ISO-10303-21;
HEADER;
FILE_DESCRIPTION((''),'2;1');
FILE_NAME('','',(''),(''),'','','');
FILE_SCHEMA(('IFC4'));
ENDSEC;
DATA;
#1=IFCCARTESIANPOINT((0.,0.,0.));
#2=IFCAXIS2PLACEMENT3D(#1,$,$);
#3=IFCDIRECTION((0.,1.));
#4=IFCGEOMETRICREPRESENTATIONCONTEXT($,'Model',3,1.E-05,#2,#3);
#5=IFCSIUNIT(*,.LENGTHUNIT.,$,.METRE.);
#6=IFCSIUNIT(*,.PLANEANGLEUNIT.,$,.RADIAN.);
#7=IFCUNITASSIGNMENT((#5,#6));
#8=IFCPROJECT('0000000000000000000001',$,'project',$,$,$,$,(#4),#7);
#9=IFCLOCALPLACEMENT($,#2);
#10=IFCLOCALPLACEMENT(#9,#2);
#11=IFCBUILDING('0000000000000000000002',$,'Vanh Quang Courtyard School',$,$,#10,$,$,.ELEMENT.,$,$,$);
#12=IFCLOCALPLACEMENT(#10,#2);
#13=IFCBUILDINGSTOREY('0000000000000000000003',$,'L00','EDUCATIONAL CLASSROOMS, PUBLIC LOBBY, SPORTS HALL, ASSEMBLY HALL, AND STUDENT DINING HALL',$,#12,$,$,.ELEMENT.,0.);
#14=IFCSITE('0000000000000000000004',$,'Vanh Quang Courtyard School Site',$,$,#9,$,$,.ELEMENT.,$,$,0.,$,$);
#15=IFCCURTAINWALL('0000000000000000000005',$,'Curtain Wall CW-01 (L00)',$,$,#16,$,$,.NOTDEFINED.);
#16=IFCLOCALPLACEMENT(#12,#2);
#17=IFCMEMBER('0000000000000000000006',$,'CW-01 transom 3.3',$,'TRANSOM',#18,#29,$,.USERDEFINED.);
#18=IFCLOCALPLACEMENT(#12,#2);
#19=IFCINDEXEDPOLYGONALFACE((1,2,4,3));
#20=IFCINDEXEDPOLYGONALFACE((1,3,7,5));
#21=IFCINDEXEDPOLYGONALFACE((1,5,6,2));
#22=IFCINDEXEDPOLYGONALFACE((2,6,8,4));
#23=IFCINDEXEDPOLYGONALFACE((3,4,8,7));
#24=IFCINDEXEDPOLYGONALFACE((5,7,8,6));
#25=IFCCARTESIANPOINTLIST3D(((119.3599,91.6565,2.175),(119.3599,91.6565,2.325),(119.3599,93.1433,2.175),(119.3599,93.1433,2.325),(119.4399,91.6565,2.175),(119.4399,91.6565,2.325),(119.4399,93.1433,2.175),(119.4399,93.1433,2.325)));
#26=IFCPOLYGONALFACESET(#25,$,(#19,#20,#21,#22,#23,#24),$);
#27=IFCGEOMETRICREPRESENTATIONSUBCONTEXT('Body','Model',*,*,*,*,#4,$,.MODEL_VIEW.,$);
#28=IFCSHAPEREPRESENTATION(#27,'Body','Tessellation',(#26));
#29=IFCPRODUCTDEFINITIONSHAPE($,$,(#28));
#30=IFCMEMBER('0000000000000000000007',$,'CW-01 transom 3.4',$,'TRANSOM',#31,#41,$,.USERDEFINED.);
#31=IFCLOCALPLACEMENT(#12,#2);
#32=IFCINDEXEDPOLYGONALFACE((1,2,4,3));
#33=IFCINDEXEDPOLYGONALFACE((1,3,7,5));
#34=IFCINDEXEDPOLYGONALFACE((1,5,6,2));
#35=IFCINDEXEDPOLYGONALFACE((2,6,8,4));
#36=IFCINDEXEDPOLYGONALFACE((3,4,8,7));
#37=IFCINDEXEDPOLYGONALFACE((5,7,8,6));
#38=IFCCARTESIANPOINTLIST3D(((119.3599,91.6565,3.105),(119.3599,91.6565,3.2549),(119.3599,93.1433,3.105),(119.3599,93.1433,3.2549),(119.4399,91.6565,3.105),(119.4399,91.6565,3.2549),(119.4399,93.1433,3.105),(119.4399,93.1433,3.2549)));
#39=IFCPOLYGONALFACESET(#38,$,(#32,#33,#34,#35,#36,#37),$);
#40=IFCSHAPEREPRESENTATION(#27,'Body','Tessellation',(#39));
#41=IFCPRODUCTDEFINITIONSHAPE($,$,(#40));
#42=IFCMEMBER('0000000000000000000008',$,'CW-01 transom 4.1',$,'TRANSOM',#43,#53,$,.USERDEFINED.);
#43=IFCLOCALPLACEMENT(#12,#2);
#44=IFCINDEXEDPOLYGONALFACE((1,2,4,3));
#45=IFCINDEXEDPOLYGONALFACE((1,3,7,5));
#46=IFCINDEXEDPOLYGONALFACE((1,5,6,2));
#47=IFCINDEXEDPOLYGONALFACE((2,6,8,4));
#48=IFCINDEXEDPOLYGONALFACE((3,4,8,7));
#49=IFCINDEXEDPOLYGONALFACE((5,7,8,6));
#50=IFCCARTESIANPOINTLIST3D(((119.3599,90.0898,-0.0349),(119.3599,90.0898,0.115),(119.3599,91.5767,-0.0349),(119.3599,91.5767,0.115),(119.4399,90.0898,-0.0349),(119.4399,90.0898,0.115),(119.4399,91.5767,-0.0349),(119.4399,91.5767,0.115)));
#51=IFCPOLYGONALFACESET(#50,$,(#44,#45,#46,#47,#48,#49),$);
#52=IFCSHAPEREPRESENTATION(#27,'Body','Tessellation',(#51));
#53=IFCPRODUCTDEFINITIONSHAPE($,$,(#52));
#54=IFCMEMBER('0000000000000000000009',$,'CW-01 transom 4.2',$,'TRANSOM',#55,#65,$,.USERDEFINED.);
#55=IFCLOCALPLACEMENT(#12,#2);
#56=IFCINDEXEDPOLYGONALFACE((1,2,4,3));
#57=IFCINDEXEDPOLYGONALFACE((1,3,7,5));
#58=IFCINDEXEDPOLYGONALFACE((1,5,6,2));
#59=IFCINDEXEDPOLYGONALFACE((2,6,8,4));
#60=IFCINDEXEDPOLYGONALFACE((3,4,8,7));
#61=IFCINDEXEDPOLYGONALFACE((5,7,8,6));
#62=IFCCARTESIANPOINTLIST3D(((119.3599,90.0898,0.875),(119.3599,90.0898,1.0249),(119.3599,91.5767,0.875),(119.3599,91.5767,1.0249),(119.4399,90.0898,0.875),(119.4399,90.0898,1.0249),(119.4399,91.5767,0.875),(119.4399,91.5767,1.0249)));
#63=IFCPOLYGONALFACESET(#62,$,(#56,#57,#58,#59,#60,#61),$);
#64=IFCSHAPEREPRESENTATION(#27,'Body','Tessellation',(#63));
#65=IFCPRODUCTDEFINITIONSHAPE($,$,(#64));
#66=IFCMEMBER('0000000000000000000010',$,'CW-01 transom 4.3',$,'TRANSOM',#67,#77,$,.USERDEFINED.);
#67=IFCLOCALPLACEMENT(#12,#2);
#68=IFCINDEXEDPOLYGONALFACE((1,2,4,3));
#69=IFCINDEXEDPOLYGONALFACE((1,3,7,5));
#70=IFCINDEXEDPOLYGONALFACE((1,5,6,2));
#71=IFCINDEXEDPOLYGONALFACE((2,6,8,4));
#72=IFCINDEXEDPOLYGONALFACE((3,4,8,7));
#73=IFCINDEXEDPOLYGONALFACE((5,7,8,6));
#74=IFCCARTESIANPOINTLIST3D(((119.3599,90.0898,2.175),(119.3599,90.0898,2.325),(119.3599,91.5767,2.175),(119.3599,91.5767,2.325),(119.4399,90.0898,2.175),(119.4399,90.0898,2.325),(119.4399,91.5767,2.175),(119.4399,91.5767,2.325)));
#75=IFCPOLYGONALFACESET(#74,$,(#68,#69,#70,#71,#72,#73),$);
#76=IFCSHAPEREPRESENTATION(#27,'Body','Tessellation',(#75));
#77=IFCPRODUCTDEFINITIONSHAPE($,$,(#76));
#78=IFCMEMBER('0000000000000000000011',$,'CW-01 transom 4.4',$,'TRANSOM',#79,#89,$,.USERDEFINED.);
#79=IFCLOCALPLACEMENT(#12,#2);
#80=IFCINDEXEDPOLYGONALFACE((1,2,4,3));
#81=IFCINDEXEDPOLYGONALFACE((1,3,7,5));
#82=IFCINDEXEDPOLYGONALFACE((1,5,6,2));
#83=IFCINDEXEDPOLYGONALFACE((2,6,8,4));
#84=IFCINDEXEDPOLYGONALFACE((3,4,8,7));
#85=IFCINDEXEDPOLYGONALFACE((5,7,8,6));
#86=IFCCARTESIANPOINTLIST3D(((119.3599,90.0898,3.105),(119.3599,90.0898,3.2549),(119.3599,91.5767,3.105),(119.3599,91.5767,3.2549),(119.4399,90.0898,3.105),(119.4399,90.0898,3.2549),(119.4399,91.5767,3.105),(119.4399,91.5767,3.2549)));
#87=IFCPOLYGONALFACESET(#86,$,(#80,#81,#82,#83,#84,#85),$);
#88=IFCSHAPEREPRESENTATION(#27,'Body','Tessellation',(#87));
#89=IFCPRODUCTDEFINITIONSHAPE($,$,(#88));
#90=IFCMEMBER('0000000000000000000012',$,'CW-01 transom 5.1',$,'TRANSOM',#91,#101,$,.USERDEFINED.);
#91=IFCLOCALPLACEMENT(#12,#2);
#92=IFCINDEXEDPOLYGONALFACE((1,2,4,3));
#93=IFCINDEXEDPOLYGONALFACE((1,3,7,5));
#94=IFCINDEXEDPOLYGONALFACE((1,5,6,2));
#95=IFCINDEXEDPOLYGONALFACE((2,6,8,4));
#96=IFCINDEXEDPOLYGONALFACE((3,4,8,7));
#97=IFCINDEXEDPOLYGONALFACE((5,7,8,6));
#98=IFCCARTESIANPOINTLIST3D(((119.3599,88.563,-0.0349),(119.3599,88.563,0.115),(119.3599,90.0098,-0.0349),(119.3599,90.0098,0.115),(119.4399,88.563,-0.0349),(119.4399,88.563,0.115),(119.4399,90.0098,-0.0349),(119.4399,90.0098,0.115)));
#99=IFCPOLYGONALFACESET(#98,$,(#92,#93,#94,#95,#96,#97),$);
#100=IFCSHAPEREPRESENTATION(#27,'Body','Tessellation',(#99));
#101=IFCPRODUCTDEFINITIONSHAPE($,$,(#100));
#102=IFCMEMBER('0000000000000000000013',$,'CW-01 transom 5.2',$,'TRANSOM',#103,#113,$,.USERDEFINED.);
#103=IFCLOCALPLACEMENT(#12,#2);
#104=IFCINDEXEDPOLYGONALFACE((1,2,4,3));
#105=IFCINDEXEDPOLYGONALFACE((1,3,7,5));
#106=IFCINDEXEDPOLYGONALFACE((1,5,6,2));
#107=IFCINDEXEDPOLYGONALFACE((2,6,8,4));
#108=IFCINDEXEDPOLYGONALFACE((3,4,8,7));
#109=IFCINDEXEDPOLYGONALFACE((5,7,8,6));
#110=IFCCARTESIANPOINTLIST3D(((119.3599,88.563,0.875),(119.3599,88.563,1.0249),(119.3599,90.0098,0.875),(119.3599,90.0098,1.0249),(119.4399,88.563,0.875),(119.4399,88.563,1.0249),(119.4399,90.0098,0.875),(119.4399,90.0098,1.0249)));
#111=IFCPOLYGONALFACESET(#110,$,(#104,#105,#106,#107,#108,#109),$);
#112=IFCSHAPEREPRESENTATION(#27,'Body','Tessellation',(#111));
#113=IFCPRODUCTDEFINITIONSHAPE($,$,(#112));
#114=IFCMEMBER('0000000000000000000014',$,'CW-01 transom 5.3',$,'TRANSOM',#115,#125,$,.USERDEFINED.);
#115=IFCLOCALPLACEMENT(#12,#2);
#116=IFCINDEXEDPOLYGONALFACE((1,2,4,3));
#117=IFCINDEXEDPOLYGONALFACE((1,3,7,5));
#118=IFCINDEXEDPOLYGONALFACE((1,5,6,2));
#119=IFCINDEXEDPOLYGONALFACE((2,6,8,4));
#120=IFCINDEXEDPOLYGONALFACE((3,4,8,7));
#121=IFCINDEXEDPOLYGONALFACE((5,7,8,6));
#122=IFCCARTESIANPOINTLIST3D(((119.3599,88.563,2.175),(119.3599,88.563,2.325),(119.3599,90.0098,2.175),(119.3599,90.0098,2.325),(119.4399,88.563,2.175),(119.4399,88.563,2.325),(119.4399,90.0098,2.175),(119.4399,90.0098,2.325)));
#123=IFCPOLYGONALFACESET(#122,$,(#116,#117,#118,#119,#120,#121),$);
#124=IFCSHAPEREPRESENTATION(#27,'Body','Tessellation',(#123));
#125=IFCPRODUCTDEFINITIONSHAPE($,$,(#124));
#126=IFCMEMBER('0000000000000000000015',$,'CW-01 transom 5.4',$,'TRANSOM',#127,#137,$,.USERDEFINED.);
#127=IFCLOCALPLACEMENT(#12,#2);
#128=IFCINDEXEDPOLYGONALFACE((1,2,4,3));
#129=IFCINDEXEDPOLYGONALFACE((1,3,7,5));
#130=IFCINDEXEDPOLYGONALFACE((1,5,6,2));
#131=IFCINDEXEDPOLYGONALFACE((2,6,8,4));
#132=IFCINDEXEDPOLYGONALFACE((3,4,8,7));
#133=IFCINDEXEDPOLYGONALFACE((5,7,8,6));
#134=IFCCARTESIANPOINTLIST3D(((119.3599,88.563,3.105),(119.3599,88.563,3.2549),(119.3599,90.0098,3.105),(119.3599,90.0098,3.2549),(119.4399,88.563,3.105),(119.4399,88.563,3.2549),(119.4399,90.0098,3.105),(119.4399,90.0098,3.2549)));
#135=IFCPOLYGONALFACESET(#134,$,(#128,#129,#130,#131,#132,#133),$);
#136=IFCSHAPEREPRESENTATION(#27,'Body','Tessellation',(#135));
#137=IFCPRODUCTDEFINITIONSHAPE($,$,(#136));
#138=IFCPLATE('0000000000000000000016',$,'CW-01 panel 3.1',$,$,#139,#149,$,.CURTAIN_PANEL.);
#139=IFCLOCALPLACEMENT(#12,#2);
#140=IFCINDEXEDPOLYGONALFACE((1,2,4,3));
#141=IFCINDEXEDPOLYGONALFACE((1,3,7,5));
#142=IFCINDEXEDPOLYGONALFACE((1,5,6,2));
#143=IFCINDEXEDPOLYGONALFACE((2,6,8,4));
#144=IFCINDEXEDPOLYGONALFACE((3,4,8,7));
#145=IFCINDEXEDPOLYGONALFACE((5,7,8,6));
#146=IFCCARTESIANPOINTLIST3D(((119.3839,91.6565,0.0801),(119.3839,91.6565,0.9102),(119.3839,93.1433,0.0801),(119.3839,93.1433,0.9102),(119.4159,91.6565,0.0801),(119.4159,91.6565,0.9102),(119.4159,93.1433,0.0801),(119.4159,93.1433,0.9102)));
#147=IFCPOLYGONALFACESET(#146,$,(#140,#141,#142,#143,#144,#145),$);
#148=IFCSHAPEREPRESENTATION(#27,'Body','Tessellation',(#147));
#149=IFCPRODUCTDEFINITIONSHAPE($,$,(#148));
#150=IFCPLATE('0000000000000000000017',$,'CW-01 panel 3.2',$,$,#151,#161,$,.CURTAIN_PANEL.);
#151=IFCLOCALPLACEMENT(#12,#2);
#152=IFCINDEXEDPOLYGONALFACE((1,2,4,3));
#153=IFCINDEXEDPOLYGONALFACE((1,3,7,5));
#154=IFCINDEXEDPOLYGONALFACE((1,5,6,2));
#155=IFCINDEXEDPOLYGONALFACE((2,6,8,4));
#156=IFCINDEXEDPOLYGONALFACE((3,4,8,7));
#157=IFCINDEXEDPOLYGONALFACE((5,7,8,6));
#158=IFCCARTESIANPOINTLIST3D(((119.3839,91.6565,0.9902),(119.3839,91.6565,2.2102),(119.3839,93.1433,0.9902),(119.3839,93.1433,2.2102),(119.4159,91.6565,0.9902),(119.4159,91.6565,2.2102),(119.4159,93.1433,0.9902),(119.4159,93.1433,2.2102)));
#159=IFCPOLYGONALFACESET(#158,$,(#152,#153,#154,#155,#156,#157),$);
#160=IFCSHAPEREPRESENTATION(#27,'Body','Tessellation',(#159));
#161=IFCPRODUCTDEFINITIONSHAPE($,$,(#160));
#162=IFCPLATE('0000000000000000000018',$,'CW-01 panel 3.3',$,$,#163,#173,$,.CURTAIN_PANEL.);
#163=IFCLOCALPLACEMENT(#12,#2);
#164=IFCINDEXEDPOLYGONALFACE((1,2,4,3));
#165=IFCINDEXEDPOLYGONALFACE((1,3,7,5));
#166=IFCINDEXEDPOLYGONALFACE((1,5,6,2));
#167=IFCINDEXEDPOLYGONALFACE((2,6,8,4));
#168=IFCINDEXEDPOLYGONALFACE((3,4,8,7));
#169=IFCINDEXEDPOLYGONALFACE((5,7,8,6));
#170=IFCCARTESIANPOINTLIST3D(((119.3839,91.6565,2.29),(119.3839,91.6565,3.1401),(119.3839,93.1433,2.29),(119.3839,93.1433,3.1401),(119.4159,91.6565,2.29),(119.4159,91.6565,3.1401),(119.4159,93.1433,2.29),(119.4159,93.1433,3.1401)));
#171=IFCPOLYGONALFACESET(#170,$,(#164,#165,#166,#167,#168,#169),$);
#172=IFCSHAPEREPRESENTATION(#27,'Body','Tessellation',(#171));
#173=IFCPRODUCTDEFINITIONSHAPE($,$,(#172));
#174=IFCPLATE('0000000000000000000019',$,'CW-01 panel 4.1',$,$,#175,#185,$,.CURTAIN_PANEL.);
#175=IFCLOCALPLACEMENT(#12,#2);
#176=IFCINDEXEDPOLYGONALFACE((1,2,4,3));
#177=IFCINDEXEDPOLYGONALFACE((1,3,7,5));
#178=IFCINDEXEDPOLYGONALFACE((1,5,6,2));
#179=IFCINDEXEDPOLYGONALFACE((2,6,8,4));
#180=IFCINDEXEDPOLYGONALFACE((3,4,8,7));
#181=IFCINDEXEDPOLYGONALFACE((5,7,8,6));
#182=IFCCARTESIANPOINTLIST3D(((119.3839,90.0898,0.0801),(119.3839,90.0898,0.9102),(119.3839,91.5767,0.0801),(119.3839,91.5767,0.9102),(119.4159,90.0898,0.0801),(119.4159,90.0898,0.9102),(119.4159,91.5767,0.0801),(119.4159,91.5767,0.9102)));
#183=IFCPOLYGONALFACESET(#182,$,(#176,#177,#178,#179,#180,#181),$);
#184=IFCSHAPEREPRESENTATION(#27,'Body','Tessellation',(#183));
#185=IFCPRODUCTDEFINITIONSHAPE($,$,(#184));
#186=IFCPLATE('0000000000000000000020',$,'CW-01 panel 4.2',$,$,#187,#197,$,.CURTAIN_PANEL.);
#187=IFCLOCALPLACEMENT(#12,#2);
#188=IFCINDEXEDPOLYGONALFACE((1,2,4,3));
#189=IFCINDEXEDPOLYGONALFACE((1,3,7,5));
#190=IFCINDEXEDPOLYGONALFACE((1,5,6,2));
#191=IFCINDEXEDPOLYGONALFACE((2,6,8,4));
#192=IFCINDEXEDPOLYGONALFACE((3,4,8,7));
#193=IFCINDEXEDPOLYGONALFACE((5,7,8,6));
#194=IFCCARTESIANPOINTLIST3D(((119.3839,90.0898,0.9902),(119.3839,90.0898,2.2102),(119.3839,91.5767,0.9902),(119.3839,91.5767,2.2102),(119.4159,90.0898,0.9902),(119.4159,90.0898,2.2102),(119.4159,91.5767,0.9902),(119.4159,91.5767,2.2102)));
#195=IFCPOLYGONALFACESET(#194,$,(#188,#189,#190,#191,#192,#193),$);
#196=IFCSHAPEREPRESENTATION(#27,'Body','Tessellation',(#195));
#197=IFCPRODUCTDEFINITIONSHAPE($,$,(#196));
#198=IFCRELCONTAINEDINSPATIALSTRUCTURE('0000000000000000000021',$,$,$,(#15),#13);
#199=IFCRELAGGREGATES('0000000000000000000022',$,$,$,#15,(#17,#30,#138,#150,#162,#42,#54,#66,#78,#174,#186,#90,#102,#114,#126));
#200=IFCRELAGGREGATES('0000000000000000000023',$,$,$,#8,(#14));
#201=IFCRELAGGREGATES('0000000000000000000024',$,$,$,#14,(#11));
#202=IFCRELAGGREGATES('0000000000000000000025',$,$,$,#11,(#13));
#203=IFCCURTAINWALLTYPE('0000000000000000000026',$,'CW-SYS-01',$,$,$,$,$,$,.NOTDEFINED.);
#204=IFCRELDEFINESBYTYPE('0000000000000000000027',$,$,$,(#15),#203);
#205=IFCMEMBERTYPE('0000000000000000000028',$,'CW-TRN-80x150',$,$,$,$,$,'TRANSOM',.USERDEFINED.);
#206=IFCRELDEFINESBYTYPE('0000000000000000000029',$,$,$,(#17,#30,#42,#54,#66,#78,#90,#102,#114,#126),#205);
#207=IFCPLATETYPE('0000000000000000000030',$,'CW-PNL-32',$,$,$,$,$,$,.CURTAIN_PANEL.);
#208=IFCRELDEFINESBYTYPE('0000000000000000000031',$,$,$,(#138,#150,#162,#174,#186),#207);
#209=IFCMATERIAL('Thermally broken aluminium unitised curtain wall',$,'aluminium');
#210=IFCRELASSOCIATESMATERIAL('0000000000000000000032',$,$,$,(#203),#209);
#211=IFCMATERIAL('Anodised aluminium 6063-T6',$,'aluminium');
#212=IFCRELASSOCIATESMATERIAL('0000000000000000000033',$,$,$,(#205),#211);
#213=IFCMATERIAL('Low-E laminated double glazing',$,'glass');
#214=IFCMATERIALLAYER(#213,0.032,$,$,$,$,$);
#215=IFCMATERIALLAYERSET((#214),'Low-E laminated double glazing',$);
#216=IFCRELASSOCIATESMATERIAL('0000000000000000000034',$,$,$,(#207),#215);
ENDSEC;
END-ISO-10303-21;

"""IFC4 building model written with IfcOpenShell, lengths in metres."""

from ifc_helpers import new_model, si_unit, direction, frame, origin, origin_2d, place, context, subcontext, project, spatial, rectangle, extrude, material, layer, layer_set, material_profile, profile_set, type_object, element, aggregate, save


model = new_model("IFC4")

# Units and contexts
model_context = context("Model", 3, precision=1e-05, world=origin(), true_north=direction((0.0, 1.0)))
body_context = subcontext(model_context, "Body", "Model", "MODEL_VIEW")
ifc_project = project(units=[si_unit("LENGTHUNIT", "METRE"), si_unit("PLANEANGLEUNIT", "RADIAN")], contexts=[model_context])

# Site, building, storey
site_placement = place(None, origin())
site = spatial("IfcSite", under=ifc_project, at=site_placement, Name="Vanh Quang Courtyard School Site", CompositionType="ELEMENT", RefElevation=0.0)
building_placement = place(site_placement, origin())
building = spatial("IfcBuilding", under=site, at=building_placement, Name="Vanh Quang Courtyard School", CompositionType="ELEMENT")
storey_placement = place(building_placement, origin())
storey = spatial("IfcBuildingStorey", under=building, at=storey_placement, Name="L00", Description="EDUCATIONAL CLASSROOMS, PUBLIC LOBBY, SPORTS HALL, ASSEMBLY HALL, AND STUDENT DINING HALL", CompositionType="ELEMENT", Elevation=0.0)

# Curtain wall, members, plates
ifc_material_1 = material(Name="Thermally broken aluminium unitised curtain wall", Category="aluminium")
curtain_wall_type = type_object("IfcCurtainWallType", Name="CW-SYS-01", PredefinedType="NOTDEFINED", material=ifc_material_1)
curtain_wall_placement = place(storey_placement, origin())
curtain_wall = element("IfcCurtainWall", 1, at=curtain_wall_placement, inside=storey, type_object=curtain_wall_type, Name="Curtain Wall CW-01 (L00)", PredefinedType="NOTDEFINED")
ifc_material_2 = material(Name="Anodised aluminium 6063-T6", Category="aluminium")
ifc_material_profile_1 = material_profile(ifc_material_2, rectangle(XDim=0.0801, YDim=0.1499, at=origin_2d()), Name="ALU-TRN 80x150")
ifc_profile_set_1 = profile_set([ifc_material_profile_1], Name="Anodised aluminium 6063-T6")
member_type_1 = type_object("IfcMemberType", Name="CW-TRN-80x150", ElementType="TRANSOM", PredefinedType="USERDEFINED", material=ifc_profile_set_1)
member_1_placement = place(storey_placement, frame((119.3999, 93.1433, 2.25), z_axis=(0.0, -1.0, 0.0), x_axis=(1.0, 0.0, 0.0)))
member_1 = element("IfcMember", 2, at=member_1_placement, type_object=member_type_1, Name="CW-01 transom 3.3", ObjectType="TRANSOM", PredefinedType="USERDEFINED", context=body_context, shape_type="SweptSolid", body=[
    extrude(rectangle(XDim=0.0801, YDim=0.1499, at=origin_2d()), origin(), (0.0, 0.0, 1.0), 1.4868),
])
member_2_placement = place(storey_placement, frame((119.3999, 93.1433, 3.1799), z_axis=(0.0, -1.0, 0.0), x_axis=(1.0, 0.0, 0.0)))
member_2 = element("IfcMember", 3, at=member_2_placement, type_object=member_type_1, Name="CW-01 transom 3.4", ObjectType="TRANSOM", PredefinedType="USERDEFINED", context=body_context, shape_type="SweptSolid", body=[
    extrude(rectangle(XDim=0.0801, YDim=0.1499, at=origin_2d()), origin(), (0.0, 0.0, 1.0), 1.4868),
])
member_3_placement = place(storey_placement, frame((119.3999, 91.5767, 0.04), z_axis=(0.0, -1.0, 0.0), x_axis=(1.0, 0.0, 0.0)))
member_3 = element("IfcMember", 4, at=member_3_placement, type_object=member_type_1, Name="CW-01 transom 4.1", ObjectType="TRANSOM", PredefinedType="USERDEFINED", context=body_context, shape_type="SweptSolid", body=[
    extrude(rectangle(XDim=0.0801, YDim=0.1499, at=origin_2d()), origin(), (0.0, 0.0, 1.0), 1.4868),
])
member_4_placement = place(storey_placement, frame((119.3999, 91.5767, 0.95), z_axis=(0.0, -1.0, 0.0), x_axis=(1.0, 0.0, 0.0)))
member_4 = element("IfcMember", 5, at=member_4_placement, type_object=member_type_1, Name="CW-01 transom 4.2", ObjectType="TRANSOM", PredefinedType="USERDEFINED", context=body_context, shape_type="SweptSolid", body=[
    extrude(rectangle(XDim=0.0801, YDim=0.1499, at=origin_2d()), origin(), (0.0, 0.0, 1.0), 1.4868),
])
member_5_placement = place(storey_placement, frame((119.3999, 91.5767, 2.25), z_axis=(0.0, -1.0, 0.0), x_axis=(1.0, 0.0, 0.0)))
member_5 = element("IfcMember", 6, at=member_5_placement, type_object=member_type_1, Name="CW-01 transom 4.3", ObjectType="TRANSOM", PredefinedType="USERDEFINED", context=body_context, shape_type="SweptSolid", body=[
    extrude(rectangle(XDim=0.0801, YDim=0.1499, at=origin_2d()), origin(), (0.0, 0.0, 1.0), 1.4868),
])
member_6_placement = place(storey_placement, frame((119.3999, 91.5767, 3.1799), z_axis=(0.0, -1.0, 0.0), x_axis=(1.0, 0.0, 0.0)))
member_6 = element("IfcMember", 7, at=member_6_placement, type_object=member_type_1, Name="CW-01 transom 4.4", ObjectType="TRANSOM", PredefinedType="USERDEFINED", context=body_context, shape_type="SweptSolid", body=[
    extrude(rectangle(XDim=0.0801, YDim=0.1499, at=origin_2d()), origin(), (0.0, 0.0, 1.0), 1.4868),
])
member_7_placement = place(storey_placement, frame((119.3999, 90.0098, 0.04), z_axis=(0.0, -1.0, 0.0), x_axis=(1.0, 0.0, 0.0)))
member_7 = element("IfcMember", 8, at=member_7_placement, type_object=member_type_1, Name="CW-01 transom 5.1", ObjectType="TRANSOM", PredefinedType="USERDEFINED", context=body_context, shape_type="SweptSolid", body=[
    extrude(rectangle(XDim=0.0801, YDim=0.1499, at=origin_2d()), origin(), (0.0, 0.0, 1.0), 1.4468),
])
member_8_placement = place(storey_placement, frame((119.3999, 90.0098, 0.95), z_axis=(0.0, -1.0, 0.0), x_axis=(1.0, 0.0, 0.0)))
member_8 = element("IfcMember", 9, at=member_8_placement, type_object=member_type_1, Name="CW-01 transom 5.2", ObjectType="TRANSOM", PredefinedType="USERDEFINED", context=body_context, shape_type="SweptSolid", body=[
    extrude(rectangle(XDim=0.0801, YDim=0.1499, at=origin_2d()), origin(), (0.0, 0.0, 1.0), 1.4468),
])
member_9_placement = place(storey_placement, frame((119.3999, 90.0098, 2.25), z_axis=(0.0, -1.0, 0.0), x_axis=(1.0, 0.0, 0.0)))
member_9 = element("IfcMember", 10, at=member_9_placement, type_object=member_type_1, Name="CW-01 transom 5.3", ObjectType="TRANSOM", PredefinedType="USERDEFINED", context=body_context, shape_type="SweptSolid", body=[
    extrude(rectangle(XDim=0.0801, YDim=0.1499, at=origin_2d()), origin(), (0.0, 0.0, 1.0), 1.4468),
])
member_10_placement = place(storey_placement, frame((119.3999, 90.0098, 3.1799), z_axis=(0.0, -1.0, 0.0), x_axis=(1.0, 0.0, 0.0)))
member_10 = element("IfcMember", 11, at=member_10_placement, type_object=member_type_1, Name="CW-01 transom 5.4", ObjectType="TRANSOM", PredefinedType="USERDEFINED", context=body_context, shape_type="SweptSolid", body=[
    extrude(rectangle(XDim=0.0801, YDim=0.1499, at=origin_2d()), origin(), (0.0, 0.0, 1.0), 1.4468),
])
ifc_material_3 = material(Name="Low-E laminated double glazing", Category="glass")
ifc_layer = layer(ifc_material_3, 0.032)
ifc_layer_set = layer_set([ifc_layer], Name="Low-E laminated double glazing")
plate_type = type_object("IfcPlateType", Name="CW-PNL-32", PredefinedType="CURTAIN_PANEL", material=ifc_layer_set)
plate_1_placement = place(storey_placement, frame((119.3999, 92.3999, 0.0801), z_axis=(0.0, 0.0, 1.0), x_axis=(0.0, -1.0, 0.0)))
plate_1 = element("IfcPlate", 12, at=plate_1_placement, type_object=plate_type, Name="CW-01 panel 3.1", PredefinedType="CURTAIN_PANEL", context=body_context, shape_type="SweptSolid", body=[
    extrude(rectangle(XDim=1.4868, YDim=0.032, at=origin_2d()), origin(), (0.0, 0.0, 1.0), 0.8301),
])
plate_2_placement = place(storey_placement, frame((119.3999, 92.3999, 0.9902), z_axis=(0.0, 0.0, 1.0), x_axis=(0.0, -1.0, 0.0)))
plate_2 = element("IfcPlate", 13, at=plate_2_placement, type_object=plate_type, Name="CW-01 panel 3.2", PredefinedType="CURTAIN_PANEL", context=body_context, shape_type="SweptSolid", body=[
    extrude(rectangle(XDim=1.4868, YDim=0.032, at=origin_2d()), origin(), (0.0, 0.0, 1.0), 1.22),
])
plate_3_placement = place(storey_placement, frame((119.3999, 92.3999, 2.29), z_axis=(0.0, 0.0, 1.0), x_axis=(0.0, -1.0, 0.0)))
plate_3 = element("IfcPlate", 14, at=plate_3_placement, type_object=plate_type, Name="CW-01 panel 3.3", PredefinedType="CURTAIN_PANEL", context=body_context, shape_type="SweptSolid", body=[
    extrude(rectangle(XDim=1.4868, YDim=0.032, at=origin_2d()), origin(), (0.0, 0.0, 1.0), 0.8501),
])
plate_4_placement = place(storey_placement, frame((119.3999, 90.8333, 0.0801), z_axis=(0.0, 0.0, 1.0), x_axis=(0.0, -1.0, 0.0)))
plate_4 = element("IfcPlate", 15, at=plate_4_placement, type_object=plate_type, Name="CW-01 panel 4.1", PredefinedType="CURTAIN_PANEL", context=body_context, shape_type="SweptSolid", body=[
    extrude(rectangle(XDim=1.4868, YDim=0.032, at=origin_2d()), origin(), (0.0, 0.0, 1.0), 0.8301),
])
plate_5_placement = place(storey_placement, frame((119.3999, 90.8333, 0.9902), z_axis=(0.0, 0.0, 1.0), x_axis=(0.0, -1.0, 0.0)))
plate_5 = element("IfcPlate", 16, at=plate_5_placement, type_object=plate_type, Name="CW-01 panel 4.2", PredefinedType="CURTAIN_PANEL", context=body_context, shape_type="SweptSolid", body=[
    extrude(rectangle(XDim=1.4868, YDim=0.032, at=origin_2d()), origin(), (0.0, 0.0, 1.0), 1.22),
])
aggregate(curtain_wall, [member_1, member_2, plate_1, plate_2, plate_3, member_3, member_4, member_5, member_6, plate_4, plate_5, member_7, member_8, member_9, member_10])

save(model, "model.ifc")
